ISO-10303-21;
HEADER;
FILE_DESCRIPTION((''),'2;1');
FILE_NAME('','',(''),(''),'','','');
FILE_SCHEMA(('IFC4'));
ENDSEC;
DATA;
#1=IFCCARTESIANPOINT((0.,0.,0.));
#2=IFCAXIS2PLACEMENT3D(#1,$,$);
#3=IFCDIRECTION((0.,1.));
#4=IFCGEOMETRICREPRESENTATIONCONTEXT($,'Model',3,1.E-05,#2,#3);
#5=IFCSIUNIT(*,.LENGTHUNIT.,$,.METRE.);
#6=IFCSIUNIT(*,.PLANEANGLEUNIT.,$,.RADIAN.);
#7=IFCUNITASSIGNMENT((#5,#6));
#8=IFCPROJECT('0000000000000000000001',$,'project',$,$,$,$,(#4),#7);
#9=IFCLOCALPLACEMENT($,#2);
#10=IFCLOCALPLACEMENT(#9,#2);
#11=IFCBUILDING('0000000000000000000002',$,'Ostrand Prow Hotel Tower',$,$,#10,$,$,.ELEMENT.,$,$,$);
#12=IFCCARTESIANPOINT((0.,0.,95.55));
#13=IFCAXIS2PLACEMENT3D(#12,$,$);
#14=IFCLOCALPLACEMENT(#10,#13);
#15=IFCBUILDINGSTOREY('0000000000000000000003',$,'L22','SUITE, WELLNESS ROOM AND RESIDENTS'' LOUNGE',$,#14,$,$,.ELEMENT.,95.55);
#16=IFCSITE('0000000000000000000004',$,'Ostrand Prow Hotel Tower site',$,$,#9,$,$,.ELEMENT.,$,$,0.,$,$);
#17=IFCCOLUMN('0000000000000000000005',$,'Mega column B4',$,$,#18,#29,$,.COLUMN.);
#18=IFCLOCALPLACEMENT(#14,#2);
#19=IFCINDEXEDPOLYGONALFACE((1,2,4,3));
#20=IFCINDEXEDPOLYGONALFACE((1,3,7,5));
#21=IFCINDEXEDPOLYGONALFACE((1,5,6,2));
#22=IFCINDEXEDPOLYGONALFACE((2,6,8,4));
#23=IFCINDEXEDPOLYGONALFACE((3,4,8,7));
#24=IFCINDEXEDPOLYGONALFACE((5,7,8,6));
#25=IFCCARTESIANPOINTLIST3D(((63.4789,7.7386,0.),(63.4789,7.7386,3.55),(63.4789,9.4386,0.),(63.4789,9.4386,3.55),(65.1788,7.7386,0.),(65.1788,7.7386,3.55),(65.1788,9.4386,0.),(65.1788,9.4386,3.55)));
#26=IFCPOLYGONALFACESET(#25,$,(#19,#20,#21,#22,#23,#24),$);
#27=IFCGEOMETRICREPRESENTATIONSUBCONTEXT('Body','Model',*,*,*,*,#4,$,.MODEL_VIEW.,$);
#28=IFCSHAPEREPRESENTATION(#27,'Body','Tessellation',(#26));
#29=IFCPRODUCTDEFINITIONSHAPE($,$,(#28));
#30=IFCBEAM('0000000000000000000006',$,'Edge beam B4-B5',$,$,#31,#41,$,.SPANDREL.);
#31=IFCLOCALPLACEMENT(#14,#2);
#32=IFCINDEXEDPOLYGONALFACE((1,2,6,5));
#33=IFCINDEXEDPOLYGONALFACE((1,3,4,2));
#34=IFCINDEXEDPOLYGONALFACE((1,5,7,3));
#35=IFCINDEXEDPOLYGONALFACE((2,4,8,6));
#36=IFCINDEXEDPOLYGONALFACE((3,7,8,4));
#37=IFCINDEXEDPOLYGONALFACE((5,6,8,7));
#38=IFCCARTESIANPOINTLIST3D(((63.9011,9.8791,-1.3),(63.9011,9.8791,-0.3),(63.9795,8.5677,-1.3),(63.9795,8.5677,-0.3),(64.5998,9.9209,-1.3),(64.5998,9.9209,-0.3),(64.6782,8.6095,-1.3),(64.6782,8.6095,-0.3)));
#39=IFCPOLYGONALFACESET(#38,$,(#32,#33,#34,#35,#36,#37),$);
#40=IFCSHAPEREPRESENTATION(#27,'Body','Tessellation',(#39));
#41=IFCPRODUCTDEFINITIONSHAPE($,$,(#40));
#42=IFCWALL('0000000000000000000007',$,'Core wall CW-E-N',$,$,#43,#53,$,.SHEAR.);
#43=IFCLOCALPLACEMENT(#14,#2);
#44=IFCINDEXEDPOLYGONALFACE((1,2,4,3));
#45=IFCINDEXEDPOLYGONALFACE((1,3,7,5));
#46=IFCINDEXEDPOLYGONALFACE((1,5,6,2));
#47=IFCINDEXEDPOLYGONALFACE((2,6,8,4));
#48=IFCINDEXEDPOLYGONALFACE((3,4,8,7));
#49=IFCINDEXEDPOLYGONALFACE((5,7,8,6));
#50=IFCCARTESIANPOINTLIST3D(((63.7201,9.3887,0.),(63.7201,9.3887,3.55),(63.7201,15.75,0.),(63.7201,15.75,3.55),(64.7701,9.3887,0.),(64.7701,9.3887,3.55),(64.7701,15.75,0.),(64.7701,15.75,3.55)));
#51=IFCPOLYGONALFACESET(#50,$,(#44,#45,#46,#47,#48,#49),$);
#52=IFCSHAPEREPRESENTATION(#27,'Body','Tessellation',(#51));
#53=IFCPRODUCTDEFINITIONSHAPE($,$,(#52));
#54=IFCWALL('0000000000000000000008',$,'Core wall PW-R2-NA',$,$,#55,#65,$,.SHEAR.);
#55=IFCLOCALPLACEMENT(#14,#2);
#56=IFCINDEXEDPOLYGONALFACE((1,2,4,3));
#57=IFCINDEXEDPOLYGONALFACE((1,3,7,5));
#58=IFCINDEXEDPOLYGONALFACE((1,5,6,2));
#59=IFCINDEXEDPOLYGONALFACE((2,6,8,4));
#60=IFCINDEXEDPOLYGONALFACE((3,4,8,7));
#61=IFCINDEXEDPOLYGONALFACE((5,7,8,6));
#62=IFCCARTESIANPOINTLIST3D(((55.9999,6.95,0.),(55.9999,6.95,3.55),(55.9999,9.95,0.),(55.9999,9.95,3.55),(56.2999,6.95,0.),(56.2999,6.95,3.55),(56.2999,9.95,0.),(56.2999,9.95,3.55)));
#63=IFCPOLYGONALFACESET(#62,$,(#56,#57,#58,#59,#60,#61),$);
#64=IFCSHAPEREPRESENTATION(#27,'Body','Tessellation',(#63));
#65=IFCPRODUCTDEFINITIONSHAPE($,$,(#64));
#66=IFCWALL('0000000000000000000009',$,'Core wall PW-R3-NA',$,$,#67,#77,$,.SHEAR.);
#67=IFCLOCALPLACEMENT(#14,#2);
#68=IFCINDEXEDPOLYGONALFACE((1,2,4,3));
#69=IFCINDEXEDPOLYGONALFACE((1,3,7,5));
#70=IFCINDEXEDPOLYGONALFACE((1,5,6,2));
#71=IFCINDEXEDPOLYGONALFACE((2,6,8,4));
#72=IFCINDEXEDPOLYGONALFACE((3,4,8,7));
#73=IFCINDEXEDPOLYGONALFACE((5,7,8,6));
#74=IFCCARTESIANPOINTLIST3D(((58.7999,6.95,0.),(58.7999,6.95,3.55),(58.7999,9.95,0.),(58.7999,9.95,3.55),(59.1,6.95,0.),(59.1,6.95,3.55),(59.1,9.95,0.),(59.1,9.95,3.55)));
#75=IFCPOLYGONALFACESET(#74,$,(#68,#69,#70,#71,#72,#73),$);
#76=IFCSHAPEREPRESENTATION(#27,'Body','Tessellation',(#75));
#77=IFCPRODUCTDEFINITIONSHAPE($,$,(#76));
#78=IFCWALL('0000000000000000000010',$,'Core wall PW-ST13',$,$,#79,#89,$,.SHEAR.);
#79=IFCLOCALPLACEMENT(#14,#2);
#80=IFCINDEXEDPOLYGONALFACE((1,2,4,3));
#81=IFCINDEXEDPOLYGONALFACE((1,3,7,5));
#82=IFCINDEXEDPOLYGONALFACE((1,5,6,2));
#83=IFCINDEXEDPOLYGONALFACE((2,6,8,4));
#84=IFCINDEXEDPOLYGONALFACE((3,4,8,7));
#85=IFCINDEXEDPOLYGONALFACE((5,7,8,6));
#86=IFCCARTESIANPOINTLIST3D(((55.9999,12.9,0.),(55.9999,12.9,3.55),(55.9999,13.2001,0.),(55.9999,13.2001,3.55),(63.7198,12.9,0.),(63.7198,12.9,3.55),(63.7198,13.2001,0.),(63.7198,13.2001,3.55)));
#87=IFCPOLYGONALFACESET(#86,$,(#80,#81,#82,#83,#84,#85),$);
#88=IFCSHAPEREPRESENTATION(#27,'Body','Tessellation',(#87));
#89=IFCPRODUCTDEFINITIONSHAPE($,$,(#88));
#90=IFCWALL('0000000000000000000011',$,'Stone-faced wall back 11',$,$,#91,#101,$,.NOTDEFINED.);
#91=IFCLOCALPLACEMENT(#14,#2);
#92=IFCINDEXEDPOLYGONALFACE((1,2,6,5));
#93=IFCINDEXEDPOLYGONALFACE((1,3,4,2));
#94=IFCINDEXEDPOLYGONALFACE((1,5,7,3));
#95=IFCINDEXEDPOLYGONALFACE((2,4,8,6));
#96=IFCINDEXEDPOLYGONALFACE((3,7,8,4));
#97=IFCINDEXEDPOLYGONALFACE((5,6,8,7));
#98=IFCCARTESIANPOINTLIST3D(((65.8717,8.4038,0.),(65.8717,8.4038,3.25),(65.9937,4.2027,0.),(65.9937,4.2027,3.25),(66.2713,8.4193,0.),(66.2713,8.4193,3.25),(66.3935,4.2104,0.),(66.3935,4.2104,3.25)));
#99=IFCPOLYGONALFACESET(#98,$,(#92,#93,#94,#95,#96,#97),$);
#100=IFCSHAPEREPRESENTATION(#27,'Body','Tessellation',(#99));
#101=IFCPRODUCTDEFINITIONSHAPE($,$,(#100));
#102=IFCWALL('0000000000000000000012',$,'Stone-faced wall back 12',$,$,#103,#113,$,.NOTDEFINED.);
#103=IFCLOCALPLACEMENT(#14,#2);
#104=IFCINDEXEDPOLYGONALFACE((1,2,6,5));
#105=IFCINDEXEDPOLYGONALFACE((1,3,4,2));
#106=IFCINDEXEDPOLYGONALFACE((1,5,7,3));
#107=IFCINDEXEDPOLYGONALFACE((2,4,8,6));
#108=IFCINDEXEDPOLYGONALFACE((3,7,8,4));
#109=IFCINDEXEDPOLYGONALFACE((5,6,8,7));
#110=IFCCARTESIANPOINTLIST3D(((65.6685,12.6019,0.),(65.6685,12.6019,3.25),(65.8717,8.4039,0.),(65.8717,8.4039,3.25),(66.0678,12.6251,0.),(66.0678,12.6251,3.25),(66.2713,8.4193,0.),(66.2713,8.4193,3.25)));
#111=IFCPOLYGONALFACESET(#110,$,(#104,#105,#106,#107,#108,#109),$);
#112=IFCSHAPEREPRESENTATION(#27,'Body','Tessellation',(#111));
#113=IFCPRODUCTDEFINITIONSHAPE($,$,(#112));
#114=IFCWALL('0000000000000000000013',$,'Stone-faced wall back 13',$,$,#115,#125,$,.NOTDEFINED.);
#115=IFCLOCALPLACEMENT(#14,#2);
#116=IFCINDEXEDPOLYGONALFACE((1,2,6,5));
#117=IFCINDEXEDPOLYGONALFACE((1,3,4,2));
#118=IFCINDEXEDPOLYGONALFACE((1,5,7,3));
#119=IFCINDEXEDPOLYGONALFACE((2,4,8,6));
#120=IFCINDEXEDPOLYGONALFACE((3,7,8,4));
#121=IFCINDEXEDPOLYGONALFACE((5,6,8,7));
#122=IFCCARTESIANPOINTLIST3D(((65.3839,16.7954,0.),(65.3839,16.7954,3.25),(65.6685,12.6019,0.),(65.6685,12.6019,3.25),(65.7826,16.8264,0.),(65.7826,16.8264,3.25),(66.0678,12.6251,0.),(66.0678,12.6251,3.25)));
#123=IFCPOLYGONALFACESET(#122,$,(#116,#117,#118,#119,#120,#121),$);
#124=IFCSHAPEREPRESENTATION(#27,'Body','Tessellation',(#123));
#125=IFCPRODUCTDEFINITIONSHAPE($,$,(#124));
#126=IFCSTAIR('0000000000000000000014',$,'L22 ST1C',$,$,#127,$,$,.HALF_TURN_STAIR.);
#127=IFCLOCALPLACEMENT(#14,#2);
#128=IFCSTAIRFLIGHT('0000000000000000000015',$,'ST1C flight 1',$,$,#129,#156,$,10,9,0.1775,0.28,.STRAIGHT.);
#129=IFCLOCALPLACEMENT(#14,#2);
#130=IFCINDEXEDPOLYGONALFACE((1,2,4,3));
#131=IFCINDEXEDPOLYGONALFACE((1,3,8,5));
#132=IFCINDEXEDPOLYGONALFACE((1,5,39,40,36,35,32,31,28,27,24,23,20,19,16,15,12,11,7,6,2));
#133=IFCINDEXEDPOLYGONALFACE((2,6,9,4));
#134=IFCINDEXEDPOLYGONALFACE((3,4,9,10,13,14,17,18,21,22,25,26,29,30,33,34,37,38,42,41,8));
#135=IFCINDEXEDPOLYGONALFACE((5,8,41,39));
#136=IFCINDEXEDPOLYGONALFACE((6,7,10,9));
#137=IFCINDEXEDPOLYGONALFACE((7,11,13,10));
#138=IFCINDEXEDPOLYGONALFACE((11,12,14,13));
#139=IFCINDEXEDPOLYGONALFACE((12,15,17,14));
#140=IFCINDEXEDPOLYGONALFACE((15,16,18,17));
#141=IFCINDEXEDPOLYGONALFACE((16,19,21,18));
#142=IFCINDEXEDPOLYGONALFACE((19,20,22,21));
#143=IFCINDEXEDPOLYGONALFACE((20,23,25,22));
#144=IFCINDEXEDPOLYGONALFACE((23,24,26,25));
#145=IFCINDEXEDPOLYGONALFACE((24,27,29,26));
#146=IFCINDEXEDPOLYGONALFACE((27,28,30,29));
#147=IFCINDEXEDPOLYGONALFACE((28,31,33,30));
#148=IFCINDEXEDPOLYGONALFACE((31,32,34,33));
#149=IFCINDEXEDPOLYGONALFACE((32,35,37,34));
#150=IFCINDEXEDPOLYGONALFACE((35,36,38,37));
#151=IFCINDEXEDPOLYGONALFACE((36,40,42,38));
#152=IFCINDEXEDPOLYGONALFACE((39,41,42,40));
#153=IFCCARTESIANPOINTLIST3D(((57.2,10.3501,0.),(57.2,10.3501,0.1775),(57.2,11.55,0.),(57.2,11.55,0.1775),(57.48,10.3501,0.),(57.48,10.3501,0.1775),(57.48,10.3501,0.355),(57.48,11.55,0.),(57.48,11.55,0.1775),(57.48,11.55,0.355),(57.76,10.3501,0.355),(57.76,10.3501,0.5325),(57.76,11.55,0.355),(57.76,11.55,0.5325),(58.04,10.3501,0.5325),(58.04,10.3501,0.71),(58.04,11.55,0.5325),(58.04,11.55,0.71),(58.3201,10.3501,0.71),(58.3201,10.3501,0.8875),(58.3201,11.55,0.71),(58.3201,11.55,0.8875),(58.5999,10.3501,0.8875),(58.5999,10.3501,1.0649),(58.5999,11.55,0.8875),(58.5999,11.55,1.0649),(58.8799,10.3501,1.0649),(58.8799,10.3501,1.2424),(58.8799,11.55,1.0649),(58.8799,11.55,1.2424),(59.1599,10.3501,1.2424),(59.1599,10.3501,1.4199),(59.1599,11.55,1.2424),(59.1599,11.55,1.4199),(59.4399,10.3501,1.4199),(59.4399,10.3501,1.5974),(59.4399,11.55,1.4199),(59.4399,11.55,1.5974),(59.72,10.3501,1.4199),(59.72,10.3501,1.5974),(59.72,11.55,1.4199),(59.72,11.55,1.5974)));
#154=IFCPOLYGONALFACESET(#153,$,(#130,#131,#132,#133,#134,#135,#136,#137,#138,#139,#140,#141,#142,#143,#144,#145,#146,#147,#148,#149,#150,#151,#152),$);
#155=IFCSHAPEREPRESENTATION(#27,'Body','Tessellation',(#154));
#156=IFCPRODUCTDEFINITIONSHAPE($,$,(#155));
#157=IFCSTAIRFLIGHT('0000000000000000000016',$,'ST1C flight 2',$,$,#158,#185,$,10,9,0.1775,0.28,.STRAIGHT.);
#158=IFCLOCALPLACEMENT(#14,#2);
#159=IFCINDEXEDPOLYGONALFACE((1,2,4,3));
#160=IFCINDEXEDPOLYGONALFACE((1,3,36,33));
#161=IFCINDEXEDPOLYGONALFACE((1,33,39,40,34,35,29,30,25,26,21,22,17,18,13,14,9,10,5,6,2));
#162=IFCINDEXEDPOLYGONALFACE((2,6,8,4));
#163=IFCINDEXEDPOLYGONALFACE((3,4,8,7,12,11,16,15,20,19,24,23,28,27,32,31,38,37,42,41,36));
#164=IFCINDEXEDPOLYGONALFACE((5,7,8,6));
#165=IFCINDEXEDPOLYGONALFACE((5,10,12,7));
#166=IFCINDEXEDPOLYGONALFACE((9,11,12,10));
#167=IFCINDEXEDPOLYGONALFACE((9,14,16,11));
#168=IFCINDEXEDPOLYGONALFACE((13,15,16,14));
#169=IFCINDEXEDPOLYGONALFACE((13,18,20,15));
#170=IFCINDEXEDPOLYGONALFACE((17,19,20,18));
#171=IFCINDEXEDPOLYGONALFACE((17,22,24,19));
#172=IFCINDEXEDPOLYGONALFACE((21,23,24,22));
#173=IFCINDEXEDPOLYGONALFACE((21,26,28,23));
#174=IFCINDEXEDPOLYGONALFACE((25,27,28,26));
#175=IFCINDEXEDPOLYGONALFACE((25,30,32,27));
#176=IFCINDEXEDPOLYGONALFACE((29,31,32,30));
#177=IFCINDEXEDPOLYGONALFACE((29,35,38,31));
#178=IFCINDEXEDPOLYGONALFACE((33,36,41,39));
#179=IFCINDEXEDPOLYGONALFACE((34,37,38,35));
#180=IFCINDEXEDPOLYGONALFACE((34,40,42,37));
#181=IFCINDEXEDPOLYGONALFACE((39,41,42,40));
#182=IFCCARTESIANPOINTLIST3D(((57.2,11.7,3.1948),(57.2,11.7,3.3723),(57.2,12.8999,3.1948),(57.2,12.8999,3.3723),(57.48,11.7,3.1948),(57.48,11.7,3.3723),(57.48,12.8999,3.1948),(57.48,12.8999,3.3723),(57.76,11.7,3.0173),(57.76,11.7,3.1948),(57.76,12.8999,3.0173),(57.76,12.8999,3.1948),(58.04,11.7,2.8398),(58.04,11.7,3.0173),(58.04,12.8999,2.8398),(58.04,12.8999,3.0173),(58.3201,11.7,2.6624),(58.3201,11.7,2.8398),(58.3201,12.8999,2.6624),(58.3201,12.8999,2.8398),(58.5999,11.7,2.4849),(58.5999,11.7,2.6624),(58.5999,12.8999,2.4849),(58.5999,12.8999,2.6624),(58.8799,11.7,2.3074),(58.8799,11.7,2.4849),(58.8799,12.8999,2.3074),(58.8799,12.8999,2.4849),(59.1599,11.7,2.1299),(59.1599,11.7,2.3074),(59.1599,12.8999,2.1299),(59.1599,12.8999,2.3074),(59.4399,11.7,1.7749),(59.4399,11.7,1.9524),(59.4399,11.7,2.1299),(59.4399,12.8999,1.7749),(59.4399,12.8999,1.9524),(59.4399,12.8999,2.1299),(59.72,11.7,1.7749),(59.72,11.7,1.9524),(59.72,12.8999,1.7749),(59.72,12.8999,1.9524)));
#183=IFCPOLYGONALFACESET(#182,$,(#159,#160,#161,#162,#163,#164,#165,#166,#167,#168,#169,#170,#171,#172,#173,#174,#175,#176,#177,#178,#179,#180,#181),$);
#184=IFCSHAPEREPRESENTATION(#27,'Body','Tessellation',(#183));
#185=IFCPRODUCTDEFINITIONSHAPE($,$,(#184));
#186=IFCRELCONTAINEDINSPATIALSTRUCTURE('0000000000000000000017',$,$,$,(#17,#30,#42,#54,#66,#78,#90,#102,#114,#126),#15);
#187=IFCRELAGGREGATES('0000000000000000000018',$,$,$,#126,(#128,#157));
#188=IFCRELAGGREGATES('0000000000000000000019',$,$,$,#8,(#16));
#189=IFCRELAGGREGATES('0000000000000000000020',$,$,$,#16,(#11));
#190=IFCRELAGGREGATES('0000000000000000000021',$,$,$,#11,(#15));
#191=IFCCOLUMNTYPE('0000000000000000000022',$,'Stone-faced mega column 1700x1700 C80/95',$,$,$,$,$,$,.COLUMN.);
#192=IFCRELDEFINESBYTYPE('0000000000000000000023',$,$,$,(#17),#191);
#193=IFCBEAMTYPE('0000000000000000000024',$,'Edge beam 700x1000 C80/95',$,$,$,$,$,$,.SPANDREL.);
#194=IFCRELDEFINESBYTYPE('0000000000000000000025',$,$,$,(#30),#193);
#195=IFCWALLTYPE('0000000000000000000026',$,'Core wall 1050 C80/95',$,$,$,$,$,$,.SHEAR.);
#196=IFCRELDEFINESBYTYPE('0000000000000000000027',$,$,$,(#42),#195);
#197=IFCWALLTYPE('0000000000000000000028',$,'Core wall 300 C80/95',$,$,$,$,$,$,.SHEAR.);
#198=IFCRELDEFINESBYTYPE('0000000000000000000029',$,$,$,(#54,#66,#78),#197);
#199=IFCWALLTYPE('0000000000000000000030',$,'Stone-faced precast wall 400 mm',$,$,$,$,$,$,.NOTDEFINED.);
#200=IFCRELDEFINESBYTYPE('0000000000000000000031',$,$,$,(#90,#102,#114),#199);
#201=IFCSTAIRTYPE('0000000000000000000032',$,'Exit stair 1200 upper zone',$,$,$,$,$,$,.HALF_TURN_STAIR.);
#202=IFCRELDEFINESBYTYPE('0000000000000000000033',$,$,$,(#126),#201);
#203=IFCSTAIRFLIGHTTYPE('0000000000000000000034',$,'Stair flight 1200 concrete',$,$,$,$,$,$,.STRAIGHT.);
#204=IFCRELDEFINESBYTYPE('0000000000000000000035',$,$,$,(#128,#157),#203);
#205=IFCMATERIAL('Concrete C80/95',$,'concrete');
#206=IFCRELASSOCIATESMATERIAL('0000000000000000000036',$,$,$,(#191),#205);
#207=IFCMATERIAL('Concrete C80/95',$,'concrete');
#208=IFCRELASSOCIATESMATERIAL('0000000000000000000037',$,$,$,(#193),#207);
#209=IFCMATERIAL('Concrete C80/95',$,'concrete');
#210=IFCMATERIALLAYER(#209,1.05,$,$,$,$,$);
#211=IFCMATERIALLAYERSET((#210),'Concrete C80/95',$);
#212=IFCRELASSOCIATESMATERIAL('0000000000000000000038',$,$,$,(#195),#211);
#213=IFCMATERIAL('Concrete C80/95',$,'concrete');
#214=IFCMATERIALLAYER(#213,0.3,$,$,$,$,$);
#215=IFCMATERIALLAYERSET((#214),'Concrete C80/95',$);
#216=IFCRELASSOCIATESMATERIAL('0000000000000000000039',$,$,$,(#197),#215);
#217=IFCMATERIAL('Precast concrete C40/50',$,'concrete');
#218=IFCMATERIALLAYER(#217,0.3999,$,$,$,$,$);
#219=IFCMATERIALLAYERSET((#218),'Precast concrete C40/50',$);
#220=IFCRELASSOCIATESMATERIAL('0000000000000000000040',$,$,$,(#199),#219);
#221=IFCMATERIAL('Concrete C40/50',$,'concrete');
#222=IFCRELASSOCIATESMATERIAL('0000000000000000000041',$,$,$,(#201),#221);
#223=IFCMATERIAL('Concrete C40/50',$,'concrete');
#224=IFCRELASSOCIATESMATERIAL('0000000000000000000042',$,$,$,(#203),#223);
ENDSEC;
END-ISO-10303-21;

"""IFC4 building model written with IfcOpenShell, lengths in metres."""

from ifc_helpers import new_model, si_unit, direction, frame, frame_2d, origin, origin_2d, place, context, subcontext, project, spatial, polyline, rectangle, outline, extrude, material, layer, layer_set, material_profile, profile_set, type_object, element, aggregate, save


model = new_model("IFC4")

# Units and contexts
model_context = context("Model", 3, precision=1e-05, world=origin(), true_north=direction((0.0, 1.0)))
body_context = subcontext(model_context, "Body", "Model", "MODEL_VIEW")
ifc_project = project(units=[si_unit("LENGTHUNIT", "METRE"), si_unit("PLANEANGLEUNIT", "RADIAN")], contexts=[model_context])

# Site, building, storey
site_placement = place(None, origin())
site = spatial("IfcSite", under=ifc_project, at=site_placement, Name="Ostrand Prow Hotel Tower site", CompositionType="ELEMENT", RefElevation=0.0)
building_placement = place(site_placement, origin())
building = spatial("IfcBuilding", under=site, at=building_placement, Name="Ostrand Prow Hotel Tower", CompositionType="ELEMENT")
storey_placement = place(building_placement, frame((0.0, 0.0, 95.55)))
storey = spatial("IfcBuildingStorey", under=building, at=storey_placement, Name="L22", Description="SUITE, WELLNESS ROOM AND RESIDENTS' LOUNGE", CompositionType="ELEMENT", Elevation=95.55)

# Column
ifc_material_1 = material(Name="Concrete C80/95", Category="concrete")
ifc_material_profile_1 = material_profile(ifc_material_1, rectangle(XDim=1.7, YDim=1.7, at=origin_2d()), Name="RC 1700x1700")
ifc_profile_set_1 = profile_set([ifc_material_profile_1], Name="Concrete C80/95")
column_type = type_object("IfcColumnType", Name="Stone-faced mega column 1700x1700 C80/95", PredefinedType="COLUMN", material=ifc_profile_set_1)
column_placement = place(storey_placement, frame((64.3289, 8.5886, 0.0), z_axis=(0.0, 0.0, 1.0), x_axis=(1.0, 0.0, 0.0)))
element("IfcColumn", 1, at=column_placement, inside=storey, type_object=column_type, Name="Mega column B4", PredefinedType="COLUMN", context=body_context, shape_type="SweptSolid", body=[
    extrude(rectangle(XDim=1.7, YDim=1.7, at=origin_2d()), origin(), (0.0, 0.0, 1.0), 3.55),
])

# Beam
ifc_material_2 = material(Name="Concrete C80/95", Category="concrete")
ifc_material_profile_2 = material_profile(ifc_material_2, rectangle(XDim=0.7, YDim=1.0, at=origin_2d()), Name="RC 700x1000")
ifc_profile_set_2 = profile_set([ifc_material_profile_2], Name="Concrete C80/95")
beam_type = type_object("IfcBeamType", Name="Edge beam 700x1000 C80/95", PredefinedType="SPANDREL", material=ifc_profile_set_2)
beam_placement = place(storey_placement, frame((64.3289, 8.5886, -0.8), z_axis=(-0.059659, 0.998219, 0.0), x_axis=(-0.998219, -0.059659, 0.0)))
element("IfcBeam", 2, at=beam_placement, inside=storey, type_object=beam_type, Name="Edge beam B4-B5", PredefinedType="SPANDREL", context=body_context, shape_type="SweptSolid", body=[
    extrude(rectangle(XDim=0.7, YDim=1.0, at=origin_2d()), origin(), (0.0, 0.0, 1.0), 1.3137),
])

# Walls
ifc_material_3 = material(Name="Concrete C80/95", Category="concrete")
ifc_layer_1 = layer(ifc_material_3, 1.05)
ifc_layer_set_1 = layer_set([ifc_layer_1], Name="Concrete C80/95")
wall_type_1 = type_object("IfcWallType", Name="Core wall 1050 C80/95", PredefinedType="SHEAR", material=ifc_layer_set_1)
wall_1_placement = place(storey_placement, frame((64.2451, 9.3887, 0.0), z_axis=(0.0, 0.0, 1.0), x_axis=(0.0, 1.0, 0.0)))
element("IfcWall", 3, at=wall_1_placement, inside=storey, type_object=wall_type_1, Name="Core wall CW-E-N", PredefinedType="SHEAR", context=body_context, shape_type="SweptSolid", body=[
    extrude(rectangle(XDim=6.3613, YDim=1.05, at=frame_2d((3.1807, 0.0))), origin(), (0.0, 0.0, 1.0), 3.55),
])
ifc_material_4 = material(Name="Concrete C80/95", Category="concrete")
ifc_layer_2 = layer(ifc_material_4, 0.3)
ifc_layer_set_2 = layer_set([ifc_layer_2], Name="Concrete C80/95")
wall_type_2 = type_object("IfcWallType", Name="Core wall 300 C80/95", PredefinedType="SHEAR", material=ifc_layer_set_2)
for number, where, z_axis, x_axis, name in (
    (4, (56.1499, 6.95, 0.0), (0.0, 0.0, 1.0), (0.0, 1.0, 0.0), "Core wall PW-R2-NA"),
    (5, (58.95, 6.95, 0.0), (0.0, 0.0, 1.0), (0.0, 1.0, 0.0), "Core wall PW-R3-NA"),
):
    element("IfcWall", number, at=place(storey_placement, frame(where, z_axis=z_axis, x_axis=x_axis)), inside=storey, type_object=wall_type_2, Name=name, PredefinedType="SHEAR", context=body_context, shape_type="SweptSolid", body=[
        extrude(rectangle(XDim=3.0, YDim=0.3, at=frame_2d((1.5, 0.0))), origin(), (0.0, 0.0, 1.0), 3.55),
    ])
wall_2_placement = place(storey_placement, frame((56.0, 13.05, 0.0), z_axis=(0.0, 0.0, 1.0), x_axis=(1.0, 0.0, 0.0)))
element("IfcWall", 6, at=wall_2_placement, inside=storey, type_object=wall_type_2, Name="Core wall PW-ST13", PredefinedType="SHEAR", context=body_context, shape_type="SweptSolid", body=[
    extrude(rectangle(XDim=7.72, YDim=0.3, at=frame_2d((3.8599, 0.0))), origin(), (0.0, 0.0, 1.0), 3.55),
])
ifc_material_5 = material(Name="Precast concrete C40/50", Category="concrete")
ifc_layer_3 = layer(ifc_material_5, 0.3999)
ifc_layer_set_3 = layer_set([ifc_layer_3], Name="Precast concrete C40/50")
wall_type_3 = type_object("IfcWallType", Name="Stone-faced precast wall 400 mm", PredefinedType="NOTDEFINED", material=ifc_layer_set_3)
for number, where, z_axis, x_axis, name in (
    (7, (66.1936, 4.2065, 0.0), (0.0, 0.0, 1.0), (-0.029017, 0.999579, 0.0), "Stone-faced wall back 11"),
    (8, (66.0715, 8.4116, 0.0), (0.0, 0.0, 1.0), (-0.048343, 0.998831, 0.0), "Stone-faced wall back 12"),
):
    element("IfcWall", number, at=place(storey_placement, frame(where, z_axis=z_axis, x_axis=x_axis)), inside=storey, type_object=wall_type_3, Name=name, PredefinedType="NOTDEFINED", context=body_context, shape_type="SweptSolid", body=[
        extrude(outline(polyline([(-0.002, -0.2), (4.2087, -0.2), (4.2048, 0.2), (0.002, 0.2), (-0.002, -0.2)])), origin(), (0.0, 0.0, 1.0), 3.25),
    ])
wall_3_placement = place(storey_placement, frame((65.8682, 12.6135, 0.0), z_axis=(0.0, 0.0, 1.0), x_axis=(-0.067725, 0.997704, 0.0)))
element("IfcWall", 9, at=wall_3_placement, inside=storey, type_object=wall_type_3, Name="Stone-faced wall back 13", PredefinedType="NOTDEFINED", context=body_context, shape_type="SweptSolid", body=[
    extrude(outline(polyline([(-0.002, -0.2), (4.209, -0.2), (4.2051, 0.2), (0.002, 0.2), (-0.002, -0.2)])), origin(), (0.0, 0.0, 1.0), 3.25),
])

# Stair, stair flights
ifc_material_6 = material(Name="Concrete C40/50", Category="concrete")
stair_type = type_object("IfcStairType", Name="Exit stair 1200 upper zone", PredefinedType="HALF_TURN_STAIR", material=ifc_material_6)
stair_1_placement = place(storey_placement, origin())
stair_1 = element("IfcStair", 10, at=stair_1_placement, inside=storey, type_object=stair_type, Name="L22 ST1C", PredefinedType="HALF_TURN_STAIR")
ifc_material_7 = material(Name="Concrete C40/50", Category="concrete")
stair_flight_type = type_object("IfcStairFlightType", Name="Stair flight 1200 concrete", PredefinedType="STRAIGHT", material=ifc_material_7)
stair_flight_1_placement = place(storey_placement, frame((57.2, 10.95, 0.0), z_axis=(0.0, 0.0, 1.0), x_axis=(1.0, 0.0, 0.0)))
stair_flight_1 = element("IfcStairFlight", 11, at=stair_flight_1_placement, type_object=stair_flight_type, Name="ST1C flight 1", NumberOfRisers=10, NumberOfTreads=9, PredefinedType="STRAIGHT", RiserHeight=0.1775, TreadLength=0.28, context=body_context, shape_type="SweptSolid", body=[
    extrude(outline(polyline([(0.0, 0.0), (0.0, 0.1775), (0.28, 0.1775), (0.28, 0.355), (0.5601, 0.355), (0.5601, 0.5325), (0.8401, 0.5325), (0.8401, 0.71), (1.1201, 0.71), (1.1201, 0.8875), (1.3999, 0.8875), (1.3999, 1.0649), (1.6799, 1.0649), (1.6799, 1.2424), (1.96, 1.2424), (1.96, 1.4199), (2.24, 1.4199), (2.24, 1.5974), (2.52, 1.5974), (2.52, 1.7749), (2.52, 1.4199), (0.28, 0.0), (0.0, 0.0)])), frame((0.0, 0.6001, 0.0), z_axis=(0.0, -1.0, 0.0), x_axis=(1.0, 0.0, 0.0)), (0.0, 0.0, 1.0), 1.2),
])
stair_flight_2_placement = place(storey_placement, frame((59.72, 12.3, 1.7749), z_axis=(0.0, 0.0, 1.0), x_axis=(-1.0, 0.0, 0.0)))
stair_flight_2 = element("IfcStairFlight", 12, at=stair_flight_2_placement, type_object=stair_flight_type, Name="ST1C flight 2", NumberOfRisers=10, NumberOfTreads=9, PredefinedType="STRAIGHT", RiserHeight=0.1775, TreadLength=0.28, context=body_context, shape_type="SweptSolid", body=[
    extrude(outline(polyline([(0.0, 0.0), (0.0, 0.1775), (0.28, 0.1775), (0.28, 0.355), (0.5601, 0.355), (0.5601, 0.5325), (0.8401, 0.5325), (0.8401, 0.71), (1.1201, 0.71), (1.1201, 0.8875), (1.3999, 0.8875), (1.3999, 1.0649), (1.6799, 1.0649), (1.6799, 1.2424), (1.96, 1.2424), (1.96, 1.4199), (2.24, 1.4199), (2.24, 1.5974), (2.52, 1.5974), (2.52, 1.7749), (2.52, 1.4199), (0.28, 0.0), (0.0, 0.0)])), frame((0.0, 0.6001, 0.0), z_axis=(0.0, -1.0, 0.0), x_axis=(1.0, 0.0, 0.0)), (0.0, 0.0, 1.0), 1.2),
])
aggregate(stair_1, [stair_flight_1, stair_flight_2])

save(model, "model.ifc")
